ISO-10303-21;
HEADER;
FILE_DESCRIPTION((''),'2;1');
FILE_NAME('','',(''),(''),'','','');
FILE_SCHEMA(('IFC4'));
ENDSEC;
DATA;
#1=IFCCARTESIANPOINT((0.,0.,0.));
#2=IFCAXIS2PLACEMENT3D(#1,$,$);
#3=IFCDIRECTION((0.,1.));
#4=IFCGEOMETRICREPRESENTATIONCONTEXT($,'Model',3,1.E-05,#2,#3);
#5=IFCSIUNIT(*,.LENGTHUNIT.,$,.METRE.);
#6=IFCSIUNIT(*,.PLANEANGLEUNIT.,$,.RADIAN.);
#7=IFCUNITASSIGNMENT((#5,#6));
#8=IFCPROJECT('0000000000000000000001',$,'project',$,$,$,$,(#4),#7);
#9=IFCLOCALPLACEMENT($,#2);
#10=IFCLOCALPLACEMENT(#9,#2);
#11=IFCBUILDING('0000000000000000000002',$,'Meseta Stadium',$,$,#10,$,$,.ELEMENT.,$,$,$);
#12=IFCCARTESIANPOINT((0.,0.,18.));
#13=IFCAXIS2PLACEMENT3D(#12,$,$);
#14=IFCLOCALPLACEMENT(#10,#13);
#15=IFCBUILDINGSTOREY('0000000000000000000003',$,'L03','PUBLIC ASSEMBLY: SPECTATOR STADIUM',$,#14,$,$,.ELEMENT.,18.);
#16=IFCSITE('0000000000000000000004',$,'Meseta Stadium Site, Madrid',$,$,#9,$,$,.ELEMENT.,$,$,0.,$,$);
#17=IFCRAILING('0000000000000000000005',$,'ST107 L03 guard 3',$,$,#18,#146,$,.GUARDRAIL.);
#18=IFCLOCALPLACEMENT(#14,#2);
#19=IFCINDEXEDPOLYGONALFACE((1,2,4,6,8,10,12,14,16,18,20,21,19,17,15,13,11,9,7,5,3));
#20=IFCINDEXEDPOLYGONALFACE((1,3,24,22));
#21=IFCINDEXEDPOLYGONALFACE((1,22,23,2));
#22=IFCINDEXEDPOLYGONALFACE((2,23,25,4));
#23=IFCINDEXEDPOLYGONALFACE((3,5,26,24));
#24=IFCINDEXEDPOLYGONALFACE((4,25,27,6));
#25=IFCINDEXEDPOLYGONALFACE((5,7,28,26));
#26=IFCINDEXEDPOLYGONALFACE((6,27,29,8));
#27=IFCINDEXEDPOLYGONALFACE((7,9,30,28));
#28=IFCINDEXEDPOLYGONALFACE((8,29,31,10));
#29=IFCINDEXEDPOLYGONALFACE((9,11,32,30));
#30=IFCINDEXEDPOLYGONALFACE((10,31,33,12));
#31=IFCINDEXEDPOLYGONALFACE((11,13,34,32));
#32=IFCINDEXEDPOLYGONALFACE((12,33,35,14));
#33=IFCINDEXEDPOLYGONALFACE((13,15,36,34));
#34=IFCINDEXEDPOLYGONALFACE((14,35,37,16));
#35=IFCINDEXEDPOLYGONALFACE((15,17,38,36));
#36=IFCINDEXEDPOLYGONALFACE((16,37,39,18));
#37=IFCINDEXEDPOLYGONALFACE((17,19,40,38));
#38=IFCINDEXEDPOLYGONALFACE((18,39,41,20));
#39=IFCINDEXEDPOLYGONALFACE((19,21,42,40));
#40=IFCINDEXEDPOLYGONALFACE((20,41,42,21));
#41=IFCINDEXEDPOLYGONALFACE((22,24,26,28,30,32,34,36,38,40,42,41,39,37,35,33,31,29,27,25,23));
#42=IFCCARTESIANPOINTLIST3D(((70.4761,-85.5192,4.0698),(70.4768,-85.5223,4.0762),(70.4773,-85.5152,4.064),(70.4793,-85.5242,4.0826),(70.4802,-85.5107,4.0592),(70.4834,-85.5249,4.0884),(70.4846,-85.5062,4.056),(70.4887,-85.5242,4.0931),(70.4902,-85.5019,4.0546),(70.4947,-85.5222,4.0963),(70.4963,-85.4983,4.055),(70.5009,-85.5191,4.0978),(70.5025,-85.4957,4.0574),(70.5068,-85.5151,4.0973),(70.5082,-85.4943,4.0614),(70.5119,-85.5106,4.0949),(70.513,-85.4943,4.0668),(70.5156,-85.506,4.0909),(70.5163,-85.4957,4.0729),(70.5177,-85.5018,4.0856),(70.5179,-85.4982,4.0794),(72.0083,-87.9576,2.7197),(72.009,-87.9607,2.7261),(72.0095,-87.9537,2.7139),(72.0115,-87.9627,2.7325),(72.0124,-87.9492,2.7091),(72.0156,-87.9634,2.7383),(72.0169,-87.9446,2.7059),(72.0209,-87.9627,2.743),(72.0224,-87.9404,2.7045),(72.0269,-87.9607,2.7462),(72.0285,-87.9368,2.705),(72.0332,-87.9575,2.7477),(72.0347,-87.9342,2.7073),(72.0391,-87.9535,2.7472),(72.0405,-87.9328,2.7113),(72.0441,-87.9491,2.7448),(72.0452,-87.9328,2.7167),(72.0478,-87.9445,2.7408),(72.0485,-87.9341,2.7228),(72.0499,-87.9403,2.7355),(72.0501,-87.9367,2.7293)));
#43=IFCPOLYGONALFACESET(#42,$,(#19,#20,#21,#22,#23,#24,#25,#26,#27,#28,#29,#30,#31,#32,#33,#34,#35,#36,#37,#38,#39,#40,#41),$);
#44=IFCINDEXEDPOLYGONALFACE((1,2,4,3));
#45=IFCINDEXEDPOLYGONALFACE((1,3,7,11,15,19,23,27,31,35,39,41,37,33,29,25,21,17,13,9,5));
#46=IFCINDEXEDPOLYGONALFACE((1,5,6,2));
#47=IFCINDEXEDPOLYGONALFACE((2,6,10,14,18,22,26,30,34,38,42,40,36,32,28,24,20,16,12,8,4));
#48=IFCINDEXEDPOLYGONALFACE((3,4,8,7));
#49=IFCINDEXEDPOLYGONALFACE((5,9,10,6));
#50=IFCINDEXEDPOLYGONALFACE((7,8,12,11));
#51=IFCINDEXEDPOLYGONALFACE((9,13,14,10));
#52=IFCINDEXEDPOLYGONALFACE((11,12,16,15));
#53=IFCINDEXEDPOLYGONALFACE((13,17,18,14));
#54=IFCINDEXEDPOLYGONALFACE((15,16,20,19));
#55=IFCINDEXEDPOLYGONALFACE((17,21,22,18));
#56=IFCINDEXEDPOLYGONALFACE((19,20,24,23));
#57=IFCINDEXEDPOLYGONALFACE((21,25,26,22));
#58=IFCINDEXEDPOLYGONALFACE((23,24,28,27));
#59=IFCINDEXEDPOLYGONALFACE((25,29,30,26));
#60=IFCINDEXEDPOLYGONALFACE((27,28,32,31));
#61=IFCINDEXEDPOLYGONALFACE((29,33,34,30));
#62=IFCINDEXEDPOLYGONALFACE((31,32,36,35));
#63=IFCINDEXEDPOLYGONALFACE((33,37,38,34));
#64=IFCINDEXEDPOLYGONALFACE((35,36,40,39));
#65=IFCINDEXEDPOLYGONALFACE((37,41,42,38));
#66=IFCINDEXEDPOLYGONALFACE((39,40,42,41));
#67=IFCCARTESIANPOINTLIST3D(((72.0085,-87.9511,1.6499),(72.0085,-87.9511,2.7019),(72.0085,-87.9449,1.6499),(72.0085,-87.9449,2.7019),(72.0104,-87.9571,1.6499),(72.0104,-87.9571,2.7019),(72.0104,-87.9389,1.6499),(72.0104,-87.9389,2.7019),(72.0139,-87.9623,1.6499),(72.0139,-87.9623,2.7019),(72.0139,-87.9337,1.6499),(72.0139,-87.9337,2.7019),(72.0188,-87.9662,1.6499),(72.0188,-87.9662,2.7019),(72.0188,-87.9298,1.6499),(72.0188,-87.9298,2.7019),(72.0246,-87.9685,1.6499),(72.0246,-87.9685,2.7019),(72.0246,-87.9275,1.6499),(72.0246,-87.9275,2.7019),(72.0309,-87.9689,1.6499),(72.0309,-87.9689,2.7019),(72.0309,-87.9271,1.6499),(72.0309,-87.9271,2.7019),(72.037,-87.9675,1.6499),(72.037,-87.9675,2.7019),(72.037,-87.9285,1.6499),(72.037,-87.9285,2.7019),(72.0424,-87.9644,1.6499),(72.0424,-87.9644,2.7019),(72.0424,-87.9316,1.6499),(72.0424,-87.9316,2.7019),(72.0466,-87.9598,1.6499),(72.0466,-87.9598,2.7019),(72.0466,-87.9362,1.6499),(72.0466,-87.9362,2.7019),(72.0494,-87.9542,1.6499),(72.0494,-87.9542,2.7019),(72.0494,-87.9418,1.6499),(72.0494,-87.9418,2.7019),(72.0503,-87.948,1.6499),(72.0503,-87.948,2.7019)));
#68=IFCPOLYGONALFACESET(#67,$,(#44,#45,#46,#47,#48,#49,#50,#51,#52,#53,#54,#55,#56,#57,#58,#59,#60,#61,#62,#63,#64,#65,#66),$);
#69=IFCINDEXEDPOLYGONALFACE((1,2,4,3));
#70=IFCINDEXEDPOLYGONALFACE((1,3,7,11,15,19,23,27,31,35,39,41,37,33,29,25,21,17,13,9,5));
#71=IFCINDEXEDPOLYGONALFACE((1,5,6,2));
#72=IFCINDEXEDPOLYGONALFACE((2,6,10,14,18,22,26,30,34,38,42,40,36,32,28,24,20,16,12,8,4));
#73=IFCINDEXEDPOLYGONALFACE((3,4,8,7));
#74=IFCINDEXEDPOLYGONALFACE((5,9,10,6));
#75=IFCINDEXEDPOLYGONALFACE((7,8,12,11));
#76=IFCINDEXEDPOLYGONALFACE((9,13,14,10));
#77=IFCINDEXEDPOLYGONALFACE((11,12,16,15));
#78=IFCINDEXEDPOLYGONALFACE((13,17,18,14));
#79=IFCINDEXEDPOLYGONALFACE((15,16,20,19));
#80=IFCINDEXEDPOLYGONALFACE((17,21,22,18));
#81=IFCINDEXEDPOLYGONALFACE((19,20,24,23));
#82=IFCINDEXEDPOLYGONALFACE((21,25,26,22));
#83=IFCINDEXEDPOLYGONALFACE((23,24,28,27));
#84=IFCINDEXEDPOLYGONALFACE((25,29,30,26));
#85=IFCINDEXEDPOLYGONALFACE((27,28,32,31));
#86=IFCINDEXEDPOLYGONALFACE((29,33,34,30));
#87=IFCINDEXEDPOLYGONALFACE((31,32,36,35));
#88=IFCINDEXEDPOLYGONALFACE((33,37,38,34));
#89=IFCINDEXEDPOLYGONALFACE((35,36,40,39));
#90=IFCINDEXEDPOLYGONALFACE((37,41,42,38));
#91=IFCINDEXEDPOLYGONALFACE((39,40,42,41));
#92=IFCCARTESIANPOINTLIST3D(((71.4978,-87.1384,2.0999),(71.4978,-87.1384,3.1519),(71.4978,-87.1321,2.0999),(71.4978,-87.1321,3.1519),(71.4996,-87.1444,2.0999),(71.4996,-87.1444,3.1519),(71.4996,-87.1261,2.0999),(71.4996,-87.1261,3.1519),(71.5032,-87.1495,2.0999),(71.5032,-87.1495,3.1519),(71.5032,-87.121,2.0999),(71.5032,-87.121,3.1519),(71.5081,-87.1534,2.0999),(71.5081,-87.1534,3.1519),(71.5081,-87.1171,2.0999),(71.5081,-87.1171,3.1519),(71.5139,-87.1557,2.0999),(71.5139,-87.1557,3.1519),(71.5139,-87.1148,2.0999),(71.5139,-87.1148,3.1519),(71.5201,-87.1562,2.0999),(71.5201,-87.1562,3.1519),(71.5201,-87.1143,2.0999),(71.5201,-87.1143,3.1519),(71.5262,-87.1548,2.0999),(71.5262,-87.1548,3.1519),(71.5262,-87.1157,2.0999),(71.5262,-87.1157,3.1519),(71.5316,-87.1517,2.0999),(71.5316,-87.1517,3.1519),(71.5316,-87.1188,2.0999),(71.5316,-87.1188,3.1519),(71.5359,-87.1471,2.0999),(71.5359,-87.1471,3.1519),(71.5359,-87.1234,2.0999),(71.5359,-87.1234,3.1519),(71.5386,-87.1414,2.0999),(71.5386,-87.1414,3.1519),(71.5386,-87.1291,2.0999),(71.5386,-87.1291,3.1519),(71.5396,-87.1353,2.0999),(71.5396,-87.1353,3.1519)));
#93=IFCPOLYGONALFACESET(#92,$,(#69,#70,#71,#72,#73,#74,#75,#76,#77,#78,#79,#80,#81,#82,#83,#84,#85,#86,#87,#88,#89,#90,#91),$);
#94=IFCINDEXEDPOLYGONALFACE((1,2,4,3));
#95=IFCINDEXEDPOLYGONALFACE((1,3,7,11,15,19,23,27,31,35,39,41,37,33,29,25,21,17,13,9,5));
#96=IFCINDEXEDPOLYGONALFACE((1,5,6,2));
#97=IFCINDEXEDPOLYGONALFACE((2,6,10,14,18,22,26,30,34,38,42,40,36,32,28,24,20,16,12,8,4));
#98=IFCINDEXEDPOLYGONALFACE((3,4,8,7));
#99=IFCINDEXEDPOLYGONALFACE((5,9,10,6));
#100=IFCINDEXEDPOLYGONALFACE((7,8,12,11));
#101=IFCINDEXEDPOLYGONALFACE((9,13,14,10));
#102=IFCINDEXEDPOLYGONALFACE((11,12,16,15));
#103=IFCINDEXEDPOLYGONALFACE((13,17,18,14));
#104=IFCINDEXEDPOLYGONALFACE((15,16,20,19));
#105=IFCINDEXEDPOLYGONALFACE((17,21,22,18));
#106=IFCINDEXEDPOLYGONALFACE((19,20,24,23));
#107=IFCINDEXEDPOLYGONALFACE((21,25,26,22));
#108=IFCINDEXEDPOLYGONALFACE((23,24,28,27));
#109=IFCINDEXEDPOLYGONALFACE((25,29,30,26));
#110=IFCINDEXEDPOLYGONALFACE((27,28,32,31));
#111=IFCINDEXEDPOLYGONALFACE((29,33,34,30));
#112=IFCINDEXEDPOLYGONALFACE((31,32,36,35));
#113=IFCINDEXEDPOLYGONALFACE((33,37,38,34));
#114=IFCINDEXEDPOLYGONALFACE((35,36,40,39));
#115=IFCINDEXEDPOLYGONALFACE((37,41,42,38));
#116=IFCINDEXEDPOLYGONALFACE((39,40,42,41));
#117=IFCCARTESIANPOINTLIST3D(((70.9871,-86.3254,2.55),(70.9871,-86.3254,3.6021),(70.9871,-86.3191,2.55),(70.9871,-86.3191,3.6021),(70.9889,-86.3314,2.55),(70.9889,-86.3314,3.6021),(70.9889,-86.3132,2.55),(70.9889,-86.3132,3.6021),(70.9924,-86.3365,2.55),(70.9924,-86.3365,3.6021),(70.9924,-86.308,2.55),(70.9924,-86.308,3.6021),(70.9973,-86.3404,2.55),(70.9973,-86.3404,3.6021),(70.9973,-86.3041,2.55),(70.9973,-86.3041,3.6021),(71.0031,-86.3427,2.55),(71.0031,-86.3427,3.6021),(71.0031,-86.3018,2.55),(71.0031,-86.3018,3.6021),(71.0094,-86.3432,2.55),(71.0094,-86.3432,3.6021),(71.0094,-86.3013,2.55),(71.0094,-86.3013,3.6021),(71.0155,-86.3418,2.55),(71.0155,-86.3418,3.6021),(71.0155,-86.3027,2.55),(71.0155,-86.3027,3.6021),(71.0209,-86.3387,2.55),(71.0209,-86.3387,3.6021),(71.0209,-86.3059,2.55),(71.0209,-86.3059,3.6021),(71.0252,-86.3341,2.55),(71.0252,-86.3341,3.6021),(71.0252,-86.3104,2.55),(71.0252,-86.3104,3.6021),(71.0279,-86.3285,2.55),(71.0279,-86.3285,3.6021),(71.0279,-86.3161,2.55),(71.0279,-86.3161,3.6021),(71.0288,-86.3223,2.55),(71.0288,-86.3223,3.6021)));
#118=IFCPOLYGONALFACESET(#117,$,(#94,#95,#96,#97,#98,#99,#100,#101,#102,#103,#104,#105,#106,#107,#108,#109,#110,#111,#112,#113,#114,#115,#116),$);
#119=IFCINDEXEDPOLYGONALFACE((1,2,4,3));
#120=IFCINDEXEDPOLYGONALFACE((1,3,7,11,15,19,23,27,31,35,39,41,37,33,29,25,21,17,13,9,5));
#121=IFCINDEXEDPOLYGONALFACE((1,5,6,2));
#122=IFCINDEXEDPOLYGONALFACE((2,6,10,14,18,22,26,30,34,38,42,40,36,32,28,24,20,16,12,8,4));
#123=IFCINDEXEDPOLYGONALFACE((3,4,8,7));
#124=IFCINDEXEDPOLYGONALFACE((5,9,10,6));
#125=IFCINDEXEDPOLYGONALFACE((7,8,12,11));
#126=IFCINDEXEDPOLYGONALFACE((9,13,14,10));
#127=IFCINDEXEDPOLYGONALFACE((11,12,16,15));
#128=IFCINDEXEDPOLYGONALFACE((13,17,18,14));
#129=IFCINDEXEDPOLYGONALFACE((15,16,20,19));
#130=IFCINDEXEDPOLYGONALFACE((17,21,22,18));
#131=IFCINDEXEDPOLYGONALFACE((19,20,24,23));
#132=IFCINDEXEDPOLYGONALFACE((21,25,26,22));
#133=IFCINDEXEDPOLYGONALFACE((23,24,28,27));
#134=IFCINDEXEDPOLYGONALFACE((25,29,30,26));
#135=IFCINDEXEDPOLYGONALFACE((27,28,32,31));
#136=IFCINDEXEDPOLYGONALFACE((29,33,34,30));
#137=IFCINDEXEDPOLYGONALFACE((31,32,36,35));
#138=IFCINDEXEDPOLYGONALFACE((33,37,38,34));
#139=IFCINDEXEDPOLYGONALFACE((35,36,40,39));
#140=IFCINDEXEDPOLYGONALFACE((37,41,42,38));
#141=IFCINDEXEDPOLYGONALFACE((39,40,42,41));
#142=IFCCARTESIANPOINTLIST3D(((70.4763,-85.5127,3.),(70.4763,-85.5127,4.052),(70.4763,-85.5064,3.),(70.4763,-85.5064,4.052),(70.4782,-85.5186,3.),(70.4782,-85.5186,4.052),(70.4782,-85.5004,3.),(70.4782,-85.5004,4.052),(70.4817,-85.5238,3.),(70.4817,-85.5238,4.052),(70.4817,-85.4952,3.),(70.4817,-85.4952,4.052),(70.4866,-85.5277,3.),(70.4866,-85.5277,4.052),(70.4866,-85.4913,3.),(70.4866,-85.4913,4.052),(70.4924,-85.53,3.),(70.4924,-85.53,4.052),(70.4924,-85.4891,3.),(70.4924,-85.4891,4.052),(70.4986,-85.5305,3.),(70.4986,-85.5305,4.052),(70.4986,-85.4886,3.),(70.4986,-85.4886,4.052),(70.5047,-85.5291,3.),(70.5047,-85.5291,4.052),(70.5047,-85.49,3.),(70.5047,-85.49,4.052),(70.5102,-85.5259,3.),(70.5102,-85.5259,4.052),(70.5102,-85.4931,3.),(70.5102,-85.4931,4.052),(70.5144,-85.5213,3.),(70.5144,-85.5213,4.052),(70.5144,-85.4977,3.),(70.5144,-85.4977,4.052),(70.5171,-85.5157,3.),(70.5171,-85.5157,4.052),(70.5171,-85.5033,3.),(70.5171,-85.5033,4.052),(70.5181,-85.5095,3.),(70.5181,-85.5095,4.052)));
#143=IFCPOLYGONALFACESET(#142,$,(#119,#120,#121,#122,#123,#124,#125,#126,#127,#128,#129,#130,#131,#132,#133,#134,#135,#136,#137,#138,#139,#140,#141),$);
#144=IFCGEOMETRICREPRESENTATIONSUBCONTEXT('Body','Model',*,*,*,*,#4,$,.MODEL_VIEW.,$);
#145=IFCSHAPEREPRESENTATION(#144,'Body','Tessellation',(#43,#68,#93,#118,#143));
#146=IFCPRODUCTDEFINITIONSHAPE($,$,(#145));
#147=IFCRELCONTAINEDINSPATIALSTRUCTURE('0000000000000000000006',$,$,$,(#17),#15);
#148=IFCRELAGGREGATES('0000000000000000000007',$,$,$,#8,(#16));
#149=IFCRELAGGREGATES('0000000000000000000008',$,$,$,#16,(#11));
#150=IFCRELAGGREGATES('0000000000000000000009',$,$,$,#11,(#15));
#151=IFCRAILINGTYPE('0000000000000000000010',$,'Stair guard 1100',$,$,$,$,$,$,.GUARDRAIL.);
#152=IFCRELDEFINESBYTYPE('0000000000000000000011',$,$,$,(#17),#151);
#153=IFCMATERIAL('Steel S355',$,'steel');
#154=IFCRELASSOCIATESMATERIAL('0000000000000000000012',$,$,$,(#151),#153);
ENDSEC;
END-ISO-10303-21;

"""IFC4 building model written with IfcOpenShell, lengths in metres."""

from ifc_helpers import new_model, si_unit, direction, frame, origin, origin_2d, place, context, subcontext, project, spatial, circle, extrude, material, type_object, element, save


model = new_model("IFC4")

# Units and contexts
model_context = context("Model", 3, precision=1e-05, world=origin(), true_north=direction((0.0, 1.0)))
body_context = subcontext(model_context, "Body", "Model", "MODEL_VIEW")
ifc_project = project(units=[si_unit("LENGTHUNIT", "METRE"), si_unit("PLANEANGLEUNIT", "RADIAN")], contexts=[model_context])

# Site, building, storey
site_placement = place(None, origin())
site = spatial("IfcSite", under=ifc_project, at=site_placement, Name="Meseta Stadium Site, Madrid", CompositionType="ELEMENT", RefElevation=0.0)
building_placement = place(site_placement, origin())
building = spatial("IfcBuilding", under=site, at=building_placement, Name="Meseta Stadium", CompositionType="ELEMENT")
storey_placement = place(building_placement, frame((0.0, 0.0, 18.0)))
storey = spatial("IfcBuildingStorey", under=building, at=storey_placement, Name="L03", Description="PUBLIC ASSEMBLY: SPECTATOR STADIUM", CompositionType="ELEMENT", Elevation=18.0)

# Railing
ifc_material_1 = material(Name="Steel S355", Category="steel")
railing_type_1 = type_object("IfcRailingType", Name="Stair guard 1100", PredefinedType="GUARDRAIL", material=ifc_material_1)
railing_1_placement = place(storey_placement, frame((72.0293, -87.948, 1.6499)))
element("IfcRailing", 1, at=railing_1_placement, inside=storey, type_object=railing_type_1, Name="ST107 L03 guard 3", PredefinedType="GUARDRAIL", context=body_context, shape_type="SweptSolid", body=[
    extrude(circle(Radius=0.0239, at=origin_2d()), frame((0.0, 0.0, 1.0762), z_axis=(-0.481731, 0.766655, 0.42447), x_axis=(-0.846719, -0.53204, 0.0)), (0.0, 0.0, 1.0), 3.1807),
    extrude(circle(Radius=0.021, at=origin_2d()), origin(), (0.0, 0.0, 1.0), 1.052),
    extrude(circle(Radius=0.021, at=origin_2d()), frame((-0.5107, 0.8127, 0.45)), (0.0, 0.0, 1.0), 1.052),
    extrude(circle(Radius=0.021, at=origin_2d()), frame((-1.0215, 1.6257, 0.9001)), (0.0, 0.0, 1.0), 1.052),
    extrude(circle(Radius=0.021, at=origin_2d()), frame((-1.5322, 2.4385, 1.3501)), (0.0, 0.0, 1.0), 1.052),
])

save(model, "model.ifc")
